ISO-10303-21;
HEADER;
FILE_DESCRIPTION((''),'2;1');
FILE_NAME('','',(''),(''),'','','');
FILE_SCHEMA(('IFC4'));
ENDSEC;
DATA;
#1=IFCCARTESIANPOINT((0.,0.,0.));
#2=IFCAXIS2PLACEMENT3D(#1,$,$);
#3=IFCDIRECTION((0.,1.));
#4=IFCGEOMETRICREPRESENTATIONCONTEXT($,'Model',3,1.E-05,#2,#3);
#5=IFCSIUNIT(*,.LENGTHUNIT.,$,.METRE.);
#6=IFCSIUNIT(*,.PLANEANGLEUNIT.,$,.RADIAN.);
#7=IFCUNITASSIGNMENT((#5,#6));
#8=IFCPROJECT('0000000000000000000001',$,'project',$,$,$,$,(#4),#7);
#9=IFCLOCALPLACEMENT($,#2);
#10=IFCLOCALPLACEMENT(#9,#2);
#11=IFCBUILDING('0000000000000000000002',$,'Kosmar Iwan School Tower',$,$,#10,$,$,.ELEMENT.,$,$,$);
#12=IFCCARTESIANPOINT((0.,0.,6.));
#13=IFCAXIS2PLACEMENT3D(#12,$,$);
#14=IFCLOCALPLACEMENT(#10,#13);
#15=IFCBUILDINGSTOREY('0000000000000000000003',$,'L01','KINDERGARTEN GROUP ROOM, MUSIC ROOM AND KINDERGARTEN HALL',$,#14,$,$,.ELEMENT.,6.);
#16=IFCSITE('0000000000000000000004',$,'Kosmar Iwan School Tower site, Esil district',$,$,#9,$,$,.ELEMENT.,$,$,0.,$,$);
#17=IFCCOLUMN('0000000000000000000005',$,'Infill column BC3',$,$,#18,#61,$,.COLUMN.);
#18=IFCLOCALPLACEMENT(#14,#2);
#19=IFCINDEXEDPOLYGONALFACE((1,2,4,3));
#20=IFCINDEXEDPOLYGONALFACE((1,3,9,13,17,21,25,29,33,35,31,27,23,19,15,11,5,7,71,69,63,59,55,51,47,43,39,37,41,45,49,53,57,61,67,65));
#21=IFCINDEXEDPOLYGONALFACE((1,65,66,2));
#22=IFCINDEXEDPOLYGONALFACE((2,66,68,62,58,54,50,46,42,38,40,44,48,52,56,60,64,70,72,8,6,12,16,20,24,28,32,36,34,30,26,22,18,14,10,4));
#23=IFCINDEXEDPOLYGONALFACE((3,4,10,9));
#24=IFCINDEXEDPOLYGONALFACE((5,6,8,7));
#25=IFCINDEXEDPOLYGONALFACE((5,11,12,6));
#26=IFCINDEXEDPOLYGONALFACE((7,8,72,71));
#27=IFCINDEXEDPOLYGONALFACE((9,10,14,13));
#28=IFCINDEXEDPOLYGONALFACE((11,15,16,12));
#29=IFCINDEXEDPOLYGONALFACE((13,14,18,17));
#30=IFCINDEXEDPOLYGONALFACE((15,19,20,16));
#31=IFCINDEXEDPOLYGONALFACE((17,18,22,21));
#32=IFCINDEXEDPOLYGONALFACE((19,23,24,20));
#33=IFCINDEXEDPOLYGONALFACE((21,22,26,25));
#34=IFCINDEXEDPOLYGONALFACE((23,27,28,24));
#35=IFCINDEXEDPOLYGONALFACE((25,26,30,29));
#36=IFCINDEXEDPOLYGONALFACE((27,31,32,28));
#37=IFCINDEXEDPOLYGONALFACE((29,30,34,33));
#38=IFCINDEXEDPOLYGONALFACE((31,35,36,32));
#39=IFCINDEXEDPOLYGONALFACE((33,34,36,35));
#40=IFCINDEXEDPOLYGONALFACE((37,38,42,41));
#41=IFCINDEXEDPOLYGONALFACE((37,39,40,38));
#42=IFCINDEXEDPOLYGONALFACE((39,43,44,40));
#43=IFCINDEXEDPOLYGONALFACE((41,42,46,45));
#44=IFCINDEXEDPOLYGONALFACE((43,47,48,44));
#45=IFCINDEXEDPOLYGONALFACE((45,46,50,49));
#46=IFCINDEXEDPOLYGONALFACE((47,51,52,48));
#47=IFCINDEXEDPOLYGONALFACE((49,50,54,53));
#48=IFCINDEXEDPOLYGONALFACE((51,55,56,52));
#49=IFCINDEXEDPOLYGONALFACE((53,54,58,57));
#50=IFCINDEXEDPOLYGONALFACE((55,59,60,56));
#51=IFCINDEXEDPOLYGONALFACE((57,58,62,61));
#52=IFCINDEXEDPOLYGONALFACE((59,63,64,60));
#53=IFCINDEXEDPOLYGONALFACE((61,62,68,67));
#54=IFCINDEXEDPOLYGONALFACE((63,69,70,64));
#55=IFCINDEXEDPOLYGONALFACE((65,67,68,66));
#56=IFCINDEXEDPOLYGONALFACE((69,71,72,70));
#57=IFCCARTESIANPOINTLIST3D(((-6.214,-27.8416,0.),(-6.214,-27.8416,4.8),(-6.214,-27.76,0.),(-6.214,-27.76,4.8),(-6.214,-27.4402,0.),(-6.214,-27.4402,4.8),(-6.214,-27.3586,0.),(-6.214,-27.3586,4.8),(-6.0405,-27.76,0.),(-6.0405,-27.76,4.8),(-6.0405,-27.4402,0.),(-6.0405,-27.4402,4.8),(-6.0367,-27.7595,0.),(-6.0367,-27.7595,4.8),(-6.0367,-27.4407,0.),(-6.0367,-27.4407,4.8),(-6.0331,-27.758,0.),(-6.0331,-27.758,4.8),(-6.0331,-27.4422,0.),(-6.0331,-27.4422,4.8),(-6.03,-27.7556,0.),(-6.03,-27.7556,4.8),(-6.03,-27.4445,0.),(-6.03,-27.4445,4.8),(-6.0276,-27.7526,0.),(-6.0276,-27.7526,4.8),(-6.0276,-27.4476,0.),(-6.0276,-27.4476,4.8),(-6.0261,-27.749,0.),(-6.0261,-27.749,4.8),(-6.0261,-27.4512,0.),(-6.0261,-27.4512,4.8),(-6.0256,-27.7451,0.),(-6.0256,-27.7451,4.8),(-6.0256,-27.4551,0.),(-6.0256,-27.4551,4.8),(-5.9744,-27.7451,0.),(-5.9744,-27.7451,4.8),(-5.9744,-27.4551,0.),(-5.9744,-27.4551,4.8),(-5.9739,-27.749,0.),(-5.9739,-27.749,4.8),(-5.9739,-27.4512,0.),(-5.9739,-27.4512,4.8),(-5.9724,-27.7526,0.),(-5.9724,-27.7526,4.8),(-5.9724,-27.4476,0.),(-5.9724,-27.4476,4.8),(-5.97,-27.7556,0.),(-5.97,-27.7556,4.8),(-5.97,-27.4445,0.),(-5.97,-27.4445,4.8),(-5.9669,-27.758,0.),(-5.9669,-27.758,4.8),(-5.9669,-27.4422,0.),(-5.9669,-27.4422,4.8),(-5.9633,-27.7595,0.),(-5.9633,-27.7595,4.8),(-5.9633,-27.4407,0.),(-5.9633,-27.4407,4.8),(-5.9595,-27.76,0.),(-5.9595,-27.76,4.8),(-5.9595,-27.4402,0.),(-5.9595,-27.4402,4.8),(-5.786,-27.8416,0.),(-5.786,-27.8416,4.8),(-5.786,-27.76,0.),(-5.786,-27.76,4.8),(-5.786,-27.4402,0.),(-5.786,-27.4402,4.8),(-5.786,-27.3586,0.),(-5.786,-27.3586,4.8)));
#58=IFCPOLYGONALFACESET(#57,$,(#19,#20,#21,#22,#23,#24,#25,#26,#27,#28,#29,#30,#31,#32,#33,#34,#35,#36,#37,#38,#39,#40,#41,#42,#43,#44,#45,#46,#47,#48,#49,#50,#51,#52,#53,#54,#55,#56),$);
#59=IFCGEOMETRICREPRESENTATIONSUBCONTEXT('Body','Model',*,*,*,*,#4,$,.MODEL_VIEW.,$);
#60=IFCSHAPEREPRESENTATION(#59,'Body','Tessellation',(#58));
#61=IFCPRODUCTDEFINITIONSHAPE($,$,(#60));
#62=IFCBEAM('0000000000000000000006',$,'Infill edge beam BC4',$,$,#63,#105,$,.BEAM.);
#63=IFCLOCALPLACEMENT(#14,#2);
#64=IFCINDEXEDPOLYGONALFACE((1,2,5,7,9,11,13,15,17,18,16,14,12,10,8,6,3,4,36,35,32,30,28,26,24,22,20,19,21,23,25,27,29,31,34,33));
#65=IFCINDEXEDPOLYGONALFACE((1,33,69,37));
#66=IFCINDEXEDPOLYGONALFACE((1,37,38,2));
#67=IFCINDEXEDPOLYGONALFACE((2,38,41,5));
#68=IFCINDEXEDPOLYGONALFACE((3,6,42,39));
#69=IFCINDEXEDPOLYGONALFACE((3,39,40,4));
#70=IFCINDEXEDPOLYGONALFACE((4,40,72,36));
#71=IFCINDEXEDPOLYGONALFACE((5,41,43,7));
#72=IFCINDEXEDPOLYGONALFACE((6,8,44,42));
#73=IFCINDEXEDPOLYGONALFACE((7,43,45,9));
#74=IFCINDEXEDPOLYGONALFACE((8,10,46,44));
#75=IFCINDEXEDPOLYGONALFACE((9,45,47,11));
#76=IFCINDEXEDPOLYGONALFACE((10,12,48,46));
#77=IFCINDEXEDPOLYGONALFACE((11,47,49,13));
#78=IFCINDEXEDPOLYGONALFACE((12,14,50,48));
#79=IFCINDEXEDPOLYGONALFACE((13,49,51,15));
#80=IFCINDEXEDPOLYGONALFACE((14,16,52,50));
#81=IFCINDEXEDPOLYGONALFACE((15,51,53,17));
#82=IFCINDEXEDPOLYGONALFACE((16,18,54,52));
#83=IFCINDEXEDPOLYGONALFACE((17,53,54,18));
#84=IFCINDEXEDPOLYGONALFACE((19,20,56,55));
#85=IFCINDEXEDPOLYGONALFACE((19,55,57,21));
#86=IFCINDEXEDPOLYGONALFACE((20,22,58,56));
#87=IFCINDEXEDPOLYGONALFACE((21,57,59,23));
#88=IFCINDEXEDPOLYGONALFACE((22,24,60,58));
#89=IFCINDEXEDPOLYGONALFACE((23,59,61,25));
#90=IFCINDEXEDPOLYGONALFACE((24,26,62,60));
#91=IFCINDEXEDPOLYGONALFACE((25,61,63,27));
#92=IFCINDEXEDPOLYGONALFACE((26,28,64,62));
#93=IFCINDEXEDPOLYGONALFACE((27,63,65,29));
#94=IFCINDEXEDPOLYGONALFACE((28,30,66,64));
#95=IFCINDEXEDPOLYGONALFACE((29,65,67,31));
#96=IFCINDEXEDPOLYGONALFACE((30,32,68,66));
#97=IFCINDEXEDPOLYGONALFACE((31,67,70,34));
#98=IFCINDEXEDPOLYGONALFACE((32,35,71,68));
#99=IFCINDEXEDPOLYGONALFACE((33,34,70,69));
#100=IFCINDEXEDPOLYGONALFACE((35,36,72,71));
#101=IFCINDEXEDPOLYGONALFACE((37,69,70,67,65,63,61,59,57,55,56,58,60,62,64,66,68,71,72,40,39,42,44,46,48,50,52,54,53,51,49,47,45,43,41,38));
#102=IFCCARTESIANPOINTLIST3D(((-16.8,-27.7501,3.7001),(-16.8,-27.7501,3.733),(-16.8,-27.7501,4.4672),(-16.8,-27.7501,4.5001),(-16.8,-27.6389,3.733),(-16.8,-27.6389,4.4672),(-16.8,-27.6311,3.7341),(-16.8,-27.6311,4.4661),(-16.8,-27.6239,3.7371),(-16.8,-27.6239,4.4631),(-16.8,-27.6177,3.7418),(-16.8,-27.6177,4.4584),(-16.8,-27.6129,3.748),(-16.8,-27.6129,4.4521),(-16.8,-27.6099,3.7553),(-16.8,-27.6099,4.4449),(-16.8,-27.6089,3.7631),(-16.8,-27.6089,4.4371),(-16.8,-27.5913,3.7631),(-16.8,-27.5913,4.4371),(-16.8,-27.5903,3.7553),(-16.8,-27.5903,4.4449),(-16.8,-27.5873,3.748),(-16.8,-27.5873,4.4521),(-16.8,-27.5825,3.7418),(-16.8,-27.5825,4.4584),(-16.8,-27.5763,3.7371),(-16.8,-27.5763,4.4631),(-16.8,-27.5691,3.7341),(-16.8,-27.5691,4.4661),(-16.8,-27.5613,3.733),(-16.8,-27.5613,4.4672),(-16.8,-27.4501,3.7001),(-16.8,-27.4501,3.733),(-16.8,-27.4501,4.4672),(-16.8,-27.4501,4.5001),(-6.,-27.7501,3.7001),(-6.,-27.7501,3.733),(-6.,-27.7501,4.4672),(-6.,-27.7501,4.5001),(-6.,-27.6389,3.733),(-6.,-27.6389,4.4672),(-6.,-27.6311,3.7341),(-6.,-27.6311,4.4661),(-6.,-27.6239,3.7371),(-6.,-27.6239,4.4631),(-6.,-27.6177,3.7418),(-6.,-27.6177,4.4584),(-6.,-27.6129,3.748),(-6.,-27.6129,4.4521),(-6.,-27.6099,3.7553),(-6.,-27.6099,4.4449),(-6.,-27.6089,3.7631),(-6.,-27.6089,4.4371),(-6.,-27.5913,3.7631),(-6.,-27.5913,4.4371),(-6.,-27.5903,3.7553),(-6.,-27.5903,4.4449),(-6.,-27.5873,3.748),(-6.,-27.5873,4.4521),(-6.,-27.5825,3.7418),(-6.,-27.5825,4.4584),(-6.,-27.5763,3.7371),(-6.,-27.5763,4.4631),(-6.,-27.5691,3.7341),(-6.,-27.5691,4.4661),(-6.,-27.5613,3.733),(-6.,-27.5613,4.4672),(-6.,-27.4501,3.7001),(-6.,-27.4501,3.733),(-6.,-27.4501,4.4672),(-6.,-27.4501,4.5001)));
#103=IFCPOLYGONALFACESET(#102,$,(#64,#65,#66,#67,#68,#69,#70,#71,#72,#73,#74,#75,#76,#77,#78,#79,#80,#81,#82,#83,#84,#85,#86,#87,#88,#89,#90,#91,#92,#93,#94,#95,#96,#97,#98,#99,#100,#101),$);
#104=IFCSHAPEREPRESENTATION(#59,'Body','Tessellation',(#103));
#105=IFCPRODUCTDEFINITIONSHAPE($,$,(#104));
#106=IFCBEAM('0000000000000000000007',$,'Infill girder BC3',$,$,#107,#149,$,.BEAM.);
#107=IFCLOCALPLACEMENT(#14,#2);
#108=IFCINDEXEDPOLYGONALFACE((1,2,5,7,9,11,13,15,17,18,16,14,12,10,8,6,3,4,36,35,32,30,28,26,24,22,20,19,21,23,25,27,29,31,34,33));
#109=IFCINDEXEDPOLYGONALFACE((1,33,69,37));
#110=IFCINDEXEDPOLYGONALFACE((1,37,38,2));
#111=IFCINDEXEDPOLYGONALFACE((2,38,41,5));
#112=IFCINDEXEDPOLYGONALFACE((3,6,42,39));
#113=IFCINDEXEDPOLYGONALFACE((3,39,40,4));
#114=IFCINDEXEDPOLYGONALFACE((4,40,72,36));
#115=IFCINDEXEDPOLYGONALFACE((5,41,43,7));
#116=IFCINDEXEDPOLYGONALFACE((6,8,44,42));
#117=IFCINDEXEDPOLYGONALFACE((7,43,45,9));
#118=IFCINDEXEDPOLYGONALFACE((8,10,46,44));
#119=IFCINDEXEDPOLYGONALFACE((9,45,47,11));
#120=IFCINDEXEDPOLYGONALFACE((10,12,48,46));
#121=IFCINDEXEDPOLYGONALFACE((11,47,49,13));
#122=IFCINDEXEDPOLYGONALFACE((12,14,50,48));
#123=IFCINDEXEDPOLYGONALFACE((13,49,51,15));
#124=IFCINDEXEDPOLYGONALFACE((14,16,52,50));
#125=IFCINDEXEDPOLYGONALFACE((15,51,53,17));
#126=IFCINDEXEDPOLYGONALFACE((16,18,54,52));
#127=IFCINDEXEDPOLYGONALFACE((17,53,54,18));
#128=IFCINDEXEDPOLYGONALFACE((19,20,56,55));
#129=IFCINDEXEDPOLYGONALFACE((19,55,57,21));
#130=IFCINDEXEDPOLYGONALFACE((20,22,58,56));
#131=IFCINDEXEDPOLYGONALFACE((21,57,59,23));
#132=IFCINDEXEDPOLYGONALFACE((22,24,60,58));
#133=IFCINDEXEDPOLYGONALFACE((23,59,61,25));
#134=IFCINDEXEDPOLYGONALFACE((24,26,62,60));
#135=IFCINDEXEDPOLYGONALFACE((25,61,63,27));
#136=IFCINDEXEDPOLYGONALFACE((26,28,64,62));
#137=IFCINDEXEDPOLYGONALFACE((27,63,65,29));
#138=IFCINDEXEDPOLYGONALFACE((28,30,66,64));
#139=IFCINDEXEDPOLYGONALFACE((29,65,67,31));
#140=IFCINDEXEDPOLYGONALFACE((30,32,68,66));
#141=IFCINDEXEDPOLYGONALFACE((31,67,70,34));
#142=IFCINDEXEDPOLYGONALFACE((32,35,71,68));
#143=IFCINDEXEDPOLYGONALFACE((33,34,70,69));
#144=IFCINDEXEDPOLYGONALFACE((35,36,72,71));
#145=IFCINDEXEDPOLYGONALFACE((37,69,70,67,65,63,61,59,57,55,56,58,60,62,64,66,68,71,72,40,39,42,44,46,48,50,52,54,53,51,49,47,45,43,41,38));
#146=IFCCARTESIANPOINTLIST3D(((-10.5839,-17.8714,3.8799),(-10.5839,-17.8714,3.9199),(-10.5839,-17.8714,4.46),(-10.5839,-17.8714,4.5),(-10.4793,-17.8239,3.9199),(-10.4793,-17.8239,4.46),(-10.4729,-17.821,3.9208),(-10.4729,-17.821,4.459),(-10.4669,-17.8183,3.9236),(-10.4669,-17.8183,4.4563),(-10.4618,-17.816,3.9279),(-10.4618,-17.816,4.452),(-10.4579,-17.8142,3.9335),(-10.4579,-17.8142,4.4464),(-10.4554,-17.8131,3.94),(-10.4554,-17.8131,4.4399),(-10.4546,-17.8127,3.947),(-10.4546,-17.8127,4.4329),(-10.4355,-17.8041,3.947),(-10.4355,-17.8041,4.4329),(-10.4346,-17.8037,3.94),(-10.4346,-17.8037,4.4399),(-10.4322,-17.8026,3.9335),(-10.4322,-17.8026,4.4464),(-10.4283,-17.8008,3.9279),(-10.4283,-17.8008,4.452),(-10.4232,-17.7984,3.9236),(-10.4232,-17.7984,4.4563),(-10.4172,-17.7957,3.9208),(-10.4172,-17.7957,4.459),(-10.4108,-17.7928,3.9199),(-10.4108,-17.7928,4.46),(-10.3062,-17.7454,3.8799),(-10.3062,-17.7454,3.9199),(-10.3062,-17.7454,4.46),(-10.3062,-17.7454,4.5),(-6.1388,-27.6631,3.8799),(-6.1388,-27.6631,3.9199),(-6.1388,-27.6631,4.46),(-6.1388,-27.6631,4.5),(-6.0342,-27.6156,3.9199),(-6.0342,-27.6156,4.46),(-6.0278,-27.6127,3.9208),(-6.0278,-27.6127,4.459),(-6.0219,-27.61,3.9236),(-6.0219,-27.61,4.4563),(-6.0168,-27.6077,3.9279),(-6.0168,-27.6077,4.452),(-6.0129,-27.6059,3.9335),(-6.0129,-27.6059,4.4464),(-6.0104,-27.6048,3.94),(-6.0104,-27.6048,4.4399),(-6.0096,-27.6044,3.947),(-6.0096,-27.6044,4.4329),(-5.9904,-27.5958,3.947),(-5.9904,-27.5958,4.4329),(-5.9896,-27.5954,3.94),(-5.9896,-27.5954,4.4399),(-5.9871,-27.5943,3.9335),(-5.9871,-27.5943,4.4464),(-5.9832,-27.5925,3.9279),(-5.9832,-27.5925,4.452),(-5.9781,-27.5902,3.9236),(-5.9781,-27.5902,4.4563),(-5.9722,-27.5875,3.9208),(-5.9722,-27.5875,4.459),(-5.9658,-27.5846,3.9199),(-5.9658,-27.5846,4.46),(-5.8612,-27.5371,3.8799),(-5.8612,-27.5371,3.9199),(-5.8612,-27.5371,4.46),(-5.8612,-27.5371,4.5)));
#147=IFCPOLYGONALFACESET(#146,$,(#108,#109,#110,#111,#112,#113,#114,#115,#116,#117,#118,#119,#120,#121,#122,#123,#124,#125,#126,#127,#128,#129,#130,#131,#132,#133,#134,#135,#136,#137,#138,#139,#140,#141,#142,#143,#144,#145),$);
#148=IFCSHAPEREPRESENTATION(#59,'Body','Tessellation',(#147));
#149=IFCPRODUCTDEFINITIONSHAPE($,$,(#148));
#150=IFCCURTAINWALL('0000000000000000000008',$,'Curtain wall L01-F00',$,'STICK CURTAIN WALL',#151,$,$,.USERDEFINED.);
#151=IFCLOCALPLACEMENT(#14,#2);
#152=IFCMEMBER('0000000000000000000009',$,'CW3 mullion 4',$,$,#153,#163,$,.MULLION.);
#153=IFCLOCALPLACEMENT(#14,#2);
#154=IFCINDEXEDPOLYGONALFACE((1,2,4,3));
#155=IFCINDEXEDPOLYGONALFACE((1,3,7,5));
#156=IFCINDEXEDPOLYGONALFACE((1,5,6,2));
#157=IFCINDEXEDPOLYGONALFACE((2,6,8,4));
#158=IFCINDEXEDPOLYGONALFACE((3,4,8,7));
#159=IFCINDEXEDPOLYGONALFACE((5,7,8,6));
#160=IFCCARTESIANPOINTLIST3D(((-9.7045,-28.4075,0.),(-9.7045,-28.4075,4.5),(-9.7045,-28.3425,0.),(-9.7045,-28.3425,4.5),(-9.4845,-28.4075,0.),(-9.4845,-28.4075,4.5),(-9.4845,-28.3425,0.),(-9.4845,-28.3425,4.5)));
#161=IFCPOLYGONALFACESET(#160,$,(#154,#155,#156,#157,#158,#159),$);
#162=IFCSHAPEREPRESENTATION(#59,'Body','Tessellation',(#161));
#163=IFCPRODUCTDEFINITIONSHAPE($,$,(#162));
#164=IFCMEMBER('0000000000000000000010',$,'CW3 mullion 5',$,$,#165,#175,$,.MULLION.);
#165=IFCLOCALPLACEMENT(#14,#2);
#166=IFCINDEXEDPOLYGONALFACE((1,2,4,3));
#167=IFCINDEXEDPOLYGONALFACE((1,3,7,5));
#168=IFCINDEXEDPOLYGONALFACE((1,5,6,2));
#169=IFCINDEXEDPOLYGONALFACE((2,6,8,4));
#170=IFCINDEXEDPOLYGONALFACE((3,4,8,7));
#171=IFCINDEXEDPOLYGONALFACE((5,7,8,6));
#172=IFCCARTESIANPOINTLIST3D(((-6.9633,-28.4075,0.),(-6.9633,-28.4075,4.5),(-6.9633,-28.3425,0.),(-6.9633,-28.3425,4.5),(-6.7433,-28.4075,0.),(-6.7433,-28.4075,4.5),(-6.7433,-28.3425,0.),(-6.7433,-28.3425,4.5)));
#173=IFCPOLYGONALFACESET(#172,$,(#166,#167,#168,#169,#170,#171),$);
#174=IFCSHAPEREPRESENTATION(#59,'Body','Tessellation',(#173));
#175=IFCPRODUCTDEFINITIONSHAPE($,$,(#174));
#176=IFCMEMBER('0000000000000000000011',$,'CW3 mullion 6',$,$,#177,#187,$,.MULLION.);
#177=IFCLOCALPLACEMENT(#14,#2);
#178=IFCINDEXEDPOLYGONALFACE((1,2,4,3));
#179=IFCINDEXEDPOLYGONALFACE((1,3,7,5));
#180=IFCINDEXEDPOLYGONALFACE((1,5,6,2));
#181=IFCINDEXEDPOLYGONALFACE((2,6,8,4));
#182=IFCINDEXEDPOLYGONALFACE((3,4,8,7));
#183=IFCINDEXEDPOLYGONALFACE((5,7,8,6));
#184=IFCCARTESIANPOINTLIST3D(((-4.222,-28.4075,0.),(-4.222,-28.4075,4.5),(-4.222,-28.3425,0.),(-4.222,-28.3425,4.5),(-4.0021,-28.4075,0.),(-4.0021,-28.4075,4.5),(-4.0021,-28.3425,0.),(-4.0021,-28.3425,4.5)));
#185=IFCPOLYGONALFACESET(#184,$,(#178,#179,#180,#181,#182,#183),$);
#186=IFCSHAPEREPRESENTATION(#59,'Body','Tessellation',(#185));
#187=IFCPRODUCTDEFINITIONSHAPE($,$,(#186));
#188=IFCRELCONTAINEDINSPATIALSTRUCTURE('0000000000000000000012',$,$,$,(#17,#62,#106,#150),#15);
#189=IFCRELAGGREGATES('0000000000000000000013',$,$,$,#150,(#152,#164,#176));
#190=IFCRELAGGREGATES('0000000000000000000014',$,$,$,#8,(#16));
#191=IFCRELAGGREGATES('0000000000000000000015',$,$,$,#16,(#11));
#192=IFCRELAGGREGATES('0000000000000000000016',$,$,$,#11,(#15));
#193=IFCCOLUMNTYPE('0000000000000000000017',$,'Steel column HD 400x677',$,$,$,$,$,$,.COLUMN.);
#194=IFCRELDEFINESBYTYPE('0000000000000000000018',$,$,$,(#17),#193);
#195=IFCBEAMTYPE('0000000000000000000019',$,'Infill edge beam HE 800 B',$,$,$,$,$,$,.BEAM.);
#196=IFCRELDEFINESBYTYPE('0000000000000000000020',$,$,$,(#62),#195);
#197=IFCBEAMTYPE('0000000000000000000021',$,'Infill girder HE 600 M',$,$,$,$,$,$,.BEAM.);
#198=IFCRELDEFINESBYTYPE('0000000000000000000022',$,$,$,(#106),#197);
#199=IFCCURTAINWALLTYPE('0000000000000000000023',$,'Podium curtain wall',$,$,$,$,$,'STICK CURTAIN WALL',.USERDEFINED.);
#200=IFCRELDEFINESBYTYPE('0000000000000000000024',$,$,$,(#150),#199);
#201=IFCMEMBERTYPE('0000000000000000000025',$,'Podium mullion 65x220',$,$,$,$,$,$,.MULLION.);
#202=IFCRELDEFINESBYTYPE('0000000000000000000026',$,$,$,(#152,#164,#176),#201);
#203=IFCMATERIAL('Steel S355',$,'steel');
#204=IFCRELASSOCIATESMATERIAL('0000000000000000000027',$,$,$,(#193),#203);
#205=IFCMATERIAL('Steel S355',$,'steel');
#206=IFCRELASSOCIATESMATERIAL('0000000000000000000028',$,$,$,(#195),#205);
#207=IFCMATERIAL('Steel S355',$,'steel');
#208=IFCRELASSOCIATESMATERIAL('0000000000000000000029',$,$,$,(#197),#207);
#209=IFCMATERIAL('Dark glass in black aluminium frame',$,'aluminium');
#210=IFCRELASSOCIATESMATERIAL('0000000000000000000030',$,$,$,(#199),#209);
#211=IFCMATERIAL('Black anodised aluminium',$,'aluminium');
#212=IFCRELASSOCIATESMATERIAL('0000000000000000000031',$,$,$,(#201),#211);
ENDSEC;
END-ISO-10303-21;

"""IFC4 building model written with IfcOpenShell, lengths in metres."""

from ifc_helpers import new_model, si_unit, direction, frame, origin, origin_2d, place, context, subcontext, project, spatial, rectangle, i_section, extrude, material, material_profile, profile_set, type_object, element, aggregate, save


model = new_model("IFC4")

# Units and contexts
model_context = context("Model", 3, precision=1e-05, world=origin(), true_north=direction((0.0, 1.0)))
body_context = subcontext(model_context, "Body", "Model", "MODEL_VIEW")
ifc_project = project(units=[si_unit("LENGTHUNIT", "METRE"), si_unit("PLANEANGLEUNIT", "RADIAN")], contexts=[model_context])

# Site, building, storey
site_placement = place(None, origin())
site = spatial("IfcSite", under=ifc_project, at=site_placement, Name="Kosmar Iwan School Tower site, Esil district", CompositionType="ELEMENT", RefElevation=0.0)
building_placement = place(site_placement, origin())
building = spatial("IfcBuilding", under=site, at=building_placement, Name="Kosmar Iwan School Tower", CompositionType="ELEMENT")
storey_placement = place(building_placement, frame((0.0, 0.0, 6.0)))
storey = spatial("IfcBuildingStorey", under=building, at=storey_placement, Name="L01", Description="KINDERGARTEN GROUP ROOM, MUSIC ROOM AND KINDERGARTEN HALL", CompositionType="ELEMENT", Elevation=6.0)

# Column
ifc_material_1 = material(Name="Steel S355", Category="steel")
ifc_material_profile_1 = material_profile(ifc_material_1, i_section(OverallWidth=0.428, OverallDepth=0.4829, WebThickness=0.0513, FlangeThickness=0.0815, FilletRadius=0.0149, at=origin_2d()), Name="HD 400x677")
ifc_profile_set_1 = profile_set([ifc_material_profile_1], Name="Steel S355")
column_type = type_object("IfcColumnType", Name="Steel column HD 400x677", PredefinedType="COLUMN", material=ifc_profile_set_1)
column_placement = place(storey_placement, frame((-6.0, -27.6001, 0.0), z_axis=(0.0, 0.0, 1.0), x_axis=(1.0, 0.0, 0.0)))
element("IfcColumn", 1, at=column_placement, inside=storey, type_object=column_type, Name="Infill column BC3", PredefinedType="COLUMN", context=body_context, shape_type="SweptSolid", body=[
    extrude(i_section(OverallWidth=0.428, OverallDepth=0.4829, WebThickness=0.0513, FlangeThickness=0.0815, FilletRadius=0.0149, at=origin_2d()), origin(), (0.0, 0.0, 1.0), 4.8),
])

# Beams
ifc_material_2 = material(Name="Steel S355", Category="steel")
ifc_material_profile_2 = material_profile(ifc_material_2, i_section(OverallWidth=0.3, OverallDepth=0.8, WebThickness=0.0176, FlangeThickness=0.033, FilletRadius=0.03, at=origin_2d()), Name="HE 800 B")
ifc_profile_set_2 = profile_set([ifc_material_profile_2], Name="Steel S355")
beam_type_1 = type_object("IfcBeamType", Name="Infill edge beam HE 800 B", PredefinedType="BEAM", material=ifc_profile_set_2)
beam_1_placement = place(storey_placement, frame((-6.0, -27.6001, 4.1001), z_axis=(-1.0, 0.0, 0.0), x_axis=(0.0, -1.0, 0.0)))
element("IfcBeam", 2, at=beam_1_placement, inside=storey, type_object=beam_type_1, Name="Infill edge beam BC4", PredefinedType="BEAM", context=body_context, shape_type="SweptSolid", body=[
    extrude(i_section(OverallWidth=0.3, OverallDepth=0.8, WebThickness=0.0176, FlangeThickness=0.033, FilletRadius=0.03, at=origin_2d()), origin(), (0.0, 0.0, 1.0), 10.8),
])
ifc_material_3 = material(Name="Steel S355", Category="steel")
ifc_material_profile_3 = material_profile(ifc_material_3, i_section(OverallWidth=0.3049, OverallDepth=0.6201, WebThickness=0.021, FlangeThickness=0.04, FilletRadius=0.0271, at=origin_2d()), Name="HE 600 M")
ifc_profile_set_3 = profile_set([ifc_material_profile_3], Name="Steel S355")
beam_type_2 = type_object("IfcBeamType", Name="Infill girder HE 600 M", PredefinedType="BEAM", material=ifc_profile_set_3)
beam_2_placement = place(storey_placement, frame((-6.0, -27.6001, 4.1899), z_axis=(-0.413362, 0.910567, 0.0), x_axis=(-0.910567, -0.413362, 0.0)))
element("IfcBeam", 3, at=beam_2_placement, inside=storey, type_object=beam_type_2, Name="Infill girder BC3", PredefinedType="BEAM", context=body_context, shape_type="SweptSolid", body=[
    extrude(i_section(OverallWidth=0.3049, OverallDepth=0.6201, WebThickness=0.021, FlangeThickness=0.04, FilletRadius=0.0271, at=origin_2d()), origin(), (0.0, 0.0, 1.0), 10.7534),
])

# Curtain wall, members
ifc_material_4 = material(Name="Dark glass in black aluminium frame", Category="aluminium")
curtain_wall_type = type_object("IfcCurtainWallType", Name="Podium curtain wall", ElementType="STICK CURTAIN WALL", PredefinedType="USERDEFINED", material=ifc_material_4)
curtain_wall_placement = place(storey_placement, origin())
curtain_wall = element("IfcCurtainWall", 4, at=curtain_wall_placement, inside=storey, type_object=curtain_wall_type, Name="Curtain wall L01-F00", ObjectType="STICK CURTAIN WALL", PredefinedType="USERDEFINED")
ifc_material_5 = material(Name="Black anodised aluminium", Category="aluminium")
ifc_material_profile_4 = material_profile(ifc_material_5, rectangle(XDim=0.0649, YDim=0.22, at=origin_2d()), Name="MULLION 65x220")
ifc_profile_set_4 = profile_set([ifc_material_profile_4], Name="Black anodised aluminium")
member_type_1 = type_object("IfcMemberType", Name="Podium mullion 65x220", PredefinedType="MULLION", material=ifc_profile_set_4)
member_1_placement = place(storey_placement, frame((-9.5945, -28.375, 0.0), z_axis=(0.0, 0.0, 1.0), x_axis=(0.0, 1.0, 0.0)))
member_1 = element("IfcMember", 5, at=member_1_placement, type_object=member_type_1, Name="CW3 mullion 4", PredefinedType="MULLION", context=body_context, shape_type="SweptSolid", body=[
    extrude(rectangle(XDim=0.0649, YDim=0.22, at=origin_2d()), origin(), (0.0, 0.0, 1.0), 4.5),
])
member_2_placement = place(storey_placement, frame((-6.8533, -28.375, 0.0), z_axis=(0.0, 0.0, 1.0), x_axis=(0.0, 1.0, 0.0)))
member_2 = element("IfcMember", 6, at=member_2_placement, type_object=member_type_1, Name="CW3 mullion 5", PredefinedType="MULLION", context=body_context, shape_type="SweptSolid", body=[
    extrude(rectangle(XDim=0.0649, YDim=0.22, at=origin_2d()), origin(), (0.0, 0.0, 1.0), 4.5),
])
member_3_placement = place(storey_placement, frame((-4.1121, -28.375, 0.0), z_axis=(0.0, 0.0, 1.0), x_axis=(0.0, 1.0, 0.0)))
member_3 = element("IfcMember", 7, at=member_3_placement, type_object=member_type_1, Name="CW3 mullion 6", PredefinedType="MULLION", context=body_context, shape_type="SweptSolid", body=[
    extrude(rectangle(XDim=0.0649, YDim=0.22, at=origin_2d()), origin(), (0.0, 0.0, 1.0), 4.5),
])
aggregate(curtain_wall, [member_1, member_2, member_3])

save(model, "model.ifc")
